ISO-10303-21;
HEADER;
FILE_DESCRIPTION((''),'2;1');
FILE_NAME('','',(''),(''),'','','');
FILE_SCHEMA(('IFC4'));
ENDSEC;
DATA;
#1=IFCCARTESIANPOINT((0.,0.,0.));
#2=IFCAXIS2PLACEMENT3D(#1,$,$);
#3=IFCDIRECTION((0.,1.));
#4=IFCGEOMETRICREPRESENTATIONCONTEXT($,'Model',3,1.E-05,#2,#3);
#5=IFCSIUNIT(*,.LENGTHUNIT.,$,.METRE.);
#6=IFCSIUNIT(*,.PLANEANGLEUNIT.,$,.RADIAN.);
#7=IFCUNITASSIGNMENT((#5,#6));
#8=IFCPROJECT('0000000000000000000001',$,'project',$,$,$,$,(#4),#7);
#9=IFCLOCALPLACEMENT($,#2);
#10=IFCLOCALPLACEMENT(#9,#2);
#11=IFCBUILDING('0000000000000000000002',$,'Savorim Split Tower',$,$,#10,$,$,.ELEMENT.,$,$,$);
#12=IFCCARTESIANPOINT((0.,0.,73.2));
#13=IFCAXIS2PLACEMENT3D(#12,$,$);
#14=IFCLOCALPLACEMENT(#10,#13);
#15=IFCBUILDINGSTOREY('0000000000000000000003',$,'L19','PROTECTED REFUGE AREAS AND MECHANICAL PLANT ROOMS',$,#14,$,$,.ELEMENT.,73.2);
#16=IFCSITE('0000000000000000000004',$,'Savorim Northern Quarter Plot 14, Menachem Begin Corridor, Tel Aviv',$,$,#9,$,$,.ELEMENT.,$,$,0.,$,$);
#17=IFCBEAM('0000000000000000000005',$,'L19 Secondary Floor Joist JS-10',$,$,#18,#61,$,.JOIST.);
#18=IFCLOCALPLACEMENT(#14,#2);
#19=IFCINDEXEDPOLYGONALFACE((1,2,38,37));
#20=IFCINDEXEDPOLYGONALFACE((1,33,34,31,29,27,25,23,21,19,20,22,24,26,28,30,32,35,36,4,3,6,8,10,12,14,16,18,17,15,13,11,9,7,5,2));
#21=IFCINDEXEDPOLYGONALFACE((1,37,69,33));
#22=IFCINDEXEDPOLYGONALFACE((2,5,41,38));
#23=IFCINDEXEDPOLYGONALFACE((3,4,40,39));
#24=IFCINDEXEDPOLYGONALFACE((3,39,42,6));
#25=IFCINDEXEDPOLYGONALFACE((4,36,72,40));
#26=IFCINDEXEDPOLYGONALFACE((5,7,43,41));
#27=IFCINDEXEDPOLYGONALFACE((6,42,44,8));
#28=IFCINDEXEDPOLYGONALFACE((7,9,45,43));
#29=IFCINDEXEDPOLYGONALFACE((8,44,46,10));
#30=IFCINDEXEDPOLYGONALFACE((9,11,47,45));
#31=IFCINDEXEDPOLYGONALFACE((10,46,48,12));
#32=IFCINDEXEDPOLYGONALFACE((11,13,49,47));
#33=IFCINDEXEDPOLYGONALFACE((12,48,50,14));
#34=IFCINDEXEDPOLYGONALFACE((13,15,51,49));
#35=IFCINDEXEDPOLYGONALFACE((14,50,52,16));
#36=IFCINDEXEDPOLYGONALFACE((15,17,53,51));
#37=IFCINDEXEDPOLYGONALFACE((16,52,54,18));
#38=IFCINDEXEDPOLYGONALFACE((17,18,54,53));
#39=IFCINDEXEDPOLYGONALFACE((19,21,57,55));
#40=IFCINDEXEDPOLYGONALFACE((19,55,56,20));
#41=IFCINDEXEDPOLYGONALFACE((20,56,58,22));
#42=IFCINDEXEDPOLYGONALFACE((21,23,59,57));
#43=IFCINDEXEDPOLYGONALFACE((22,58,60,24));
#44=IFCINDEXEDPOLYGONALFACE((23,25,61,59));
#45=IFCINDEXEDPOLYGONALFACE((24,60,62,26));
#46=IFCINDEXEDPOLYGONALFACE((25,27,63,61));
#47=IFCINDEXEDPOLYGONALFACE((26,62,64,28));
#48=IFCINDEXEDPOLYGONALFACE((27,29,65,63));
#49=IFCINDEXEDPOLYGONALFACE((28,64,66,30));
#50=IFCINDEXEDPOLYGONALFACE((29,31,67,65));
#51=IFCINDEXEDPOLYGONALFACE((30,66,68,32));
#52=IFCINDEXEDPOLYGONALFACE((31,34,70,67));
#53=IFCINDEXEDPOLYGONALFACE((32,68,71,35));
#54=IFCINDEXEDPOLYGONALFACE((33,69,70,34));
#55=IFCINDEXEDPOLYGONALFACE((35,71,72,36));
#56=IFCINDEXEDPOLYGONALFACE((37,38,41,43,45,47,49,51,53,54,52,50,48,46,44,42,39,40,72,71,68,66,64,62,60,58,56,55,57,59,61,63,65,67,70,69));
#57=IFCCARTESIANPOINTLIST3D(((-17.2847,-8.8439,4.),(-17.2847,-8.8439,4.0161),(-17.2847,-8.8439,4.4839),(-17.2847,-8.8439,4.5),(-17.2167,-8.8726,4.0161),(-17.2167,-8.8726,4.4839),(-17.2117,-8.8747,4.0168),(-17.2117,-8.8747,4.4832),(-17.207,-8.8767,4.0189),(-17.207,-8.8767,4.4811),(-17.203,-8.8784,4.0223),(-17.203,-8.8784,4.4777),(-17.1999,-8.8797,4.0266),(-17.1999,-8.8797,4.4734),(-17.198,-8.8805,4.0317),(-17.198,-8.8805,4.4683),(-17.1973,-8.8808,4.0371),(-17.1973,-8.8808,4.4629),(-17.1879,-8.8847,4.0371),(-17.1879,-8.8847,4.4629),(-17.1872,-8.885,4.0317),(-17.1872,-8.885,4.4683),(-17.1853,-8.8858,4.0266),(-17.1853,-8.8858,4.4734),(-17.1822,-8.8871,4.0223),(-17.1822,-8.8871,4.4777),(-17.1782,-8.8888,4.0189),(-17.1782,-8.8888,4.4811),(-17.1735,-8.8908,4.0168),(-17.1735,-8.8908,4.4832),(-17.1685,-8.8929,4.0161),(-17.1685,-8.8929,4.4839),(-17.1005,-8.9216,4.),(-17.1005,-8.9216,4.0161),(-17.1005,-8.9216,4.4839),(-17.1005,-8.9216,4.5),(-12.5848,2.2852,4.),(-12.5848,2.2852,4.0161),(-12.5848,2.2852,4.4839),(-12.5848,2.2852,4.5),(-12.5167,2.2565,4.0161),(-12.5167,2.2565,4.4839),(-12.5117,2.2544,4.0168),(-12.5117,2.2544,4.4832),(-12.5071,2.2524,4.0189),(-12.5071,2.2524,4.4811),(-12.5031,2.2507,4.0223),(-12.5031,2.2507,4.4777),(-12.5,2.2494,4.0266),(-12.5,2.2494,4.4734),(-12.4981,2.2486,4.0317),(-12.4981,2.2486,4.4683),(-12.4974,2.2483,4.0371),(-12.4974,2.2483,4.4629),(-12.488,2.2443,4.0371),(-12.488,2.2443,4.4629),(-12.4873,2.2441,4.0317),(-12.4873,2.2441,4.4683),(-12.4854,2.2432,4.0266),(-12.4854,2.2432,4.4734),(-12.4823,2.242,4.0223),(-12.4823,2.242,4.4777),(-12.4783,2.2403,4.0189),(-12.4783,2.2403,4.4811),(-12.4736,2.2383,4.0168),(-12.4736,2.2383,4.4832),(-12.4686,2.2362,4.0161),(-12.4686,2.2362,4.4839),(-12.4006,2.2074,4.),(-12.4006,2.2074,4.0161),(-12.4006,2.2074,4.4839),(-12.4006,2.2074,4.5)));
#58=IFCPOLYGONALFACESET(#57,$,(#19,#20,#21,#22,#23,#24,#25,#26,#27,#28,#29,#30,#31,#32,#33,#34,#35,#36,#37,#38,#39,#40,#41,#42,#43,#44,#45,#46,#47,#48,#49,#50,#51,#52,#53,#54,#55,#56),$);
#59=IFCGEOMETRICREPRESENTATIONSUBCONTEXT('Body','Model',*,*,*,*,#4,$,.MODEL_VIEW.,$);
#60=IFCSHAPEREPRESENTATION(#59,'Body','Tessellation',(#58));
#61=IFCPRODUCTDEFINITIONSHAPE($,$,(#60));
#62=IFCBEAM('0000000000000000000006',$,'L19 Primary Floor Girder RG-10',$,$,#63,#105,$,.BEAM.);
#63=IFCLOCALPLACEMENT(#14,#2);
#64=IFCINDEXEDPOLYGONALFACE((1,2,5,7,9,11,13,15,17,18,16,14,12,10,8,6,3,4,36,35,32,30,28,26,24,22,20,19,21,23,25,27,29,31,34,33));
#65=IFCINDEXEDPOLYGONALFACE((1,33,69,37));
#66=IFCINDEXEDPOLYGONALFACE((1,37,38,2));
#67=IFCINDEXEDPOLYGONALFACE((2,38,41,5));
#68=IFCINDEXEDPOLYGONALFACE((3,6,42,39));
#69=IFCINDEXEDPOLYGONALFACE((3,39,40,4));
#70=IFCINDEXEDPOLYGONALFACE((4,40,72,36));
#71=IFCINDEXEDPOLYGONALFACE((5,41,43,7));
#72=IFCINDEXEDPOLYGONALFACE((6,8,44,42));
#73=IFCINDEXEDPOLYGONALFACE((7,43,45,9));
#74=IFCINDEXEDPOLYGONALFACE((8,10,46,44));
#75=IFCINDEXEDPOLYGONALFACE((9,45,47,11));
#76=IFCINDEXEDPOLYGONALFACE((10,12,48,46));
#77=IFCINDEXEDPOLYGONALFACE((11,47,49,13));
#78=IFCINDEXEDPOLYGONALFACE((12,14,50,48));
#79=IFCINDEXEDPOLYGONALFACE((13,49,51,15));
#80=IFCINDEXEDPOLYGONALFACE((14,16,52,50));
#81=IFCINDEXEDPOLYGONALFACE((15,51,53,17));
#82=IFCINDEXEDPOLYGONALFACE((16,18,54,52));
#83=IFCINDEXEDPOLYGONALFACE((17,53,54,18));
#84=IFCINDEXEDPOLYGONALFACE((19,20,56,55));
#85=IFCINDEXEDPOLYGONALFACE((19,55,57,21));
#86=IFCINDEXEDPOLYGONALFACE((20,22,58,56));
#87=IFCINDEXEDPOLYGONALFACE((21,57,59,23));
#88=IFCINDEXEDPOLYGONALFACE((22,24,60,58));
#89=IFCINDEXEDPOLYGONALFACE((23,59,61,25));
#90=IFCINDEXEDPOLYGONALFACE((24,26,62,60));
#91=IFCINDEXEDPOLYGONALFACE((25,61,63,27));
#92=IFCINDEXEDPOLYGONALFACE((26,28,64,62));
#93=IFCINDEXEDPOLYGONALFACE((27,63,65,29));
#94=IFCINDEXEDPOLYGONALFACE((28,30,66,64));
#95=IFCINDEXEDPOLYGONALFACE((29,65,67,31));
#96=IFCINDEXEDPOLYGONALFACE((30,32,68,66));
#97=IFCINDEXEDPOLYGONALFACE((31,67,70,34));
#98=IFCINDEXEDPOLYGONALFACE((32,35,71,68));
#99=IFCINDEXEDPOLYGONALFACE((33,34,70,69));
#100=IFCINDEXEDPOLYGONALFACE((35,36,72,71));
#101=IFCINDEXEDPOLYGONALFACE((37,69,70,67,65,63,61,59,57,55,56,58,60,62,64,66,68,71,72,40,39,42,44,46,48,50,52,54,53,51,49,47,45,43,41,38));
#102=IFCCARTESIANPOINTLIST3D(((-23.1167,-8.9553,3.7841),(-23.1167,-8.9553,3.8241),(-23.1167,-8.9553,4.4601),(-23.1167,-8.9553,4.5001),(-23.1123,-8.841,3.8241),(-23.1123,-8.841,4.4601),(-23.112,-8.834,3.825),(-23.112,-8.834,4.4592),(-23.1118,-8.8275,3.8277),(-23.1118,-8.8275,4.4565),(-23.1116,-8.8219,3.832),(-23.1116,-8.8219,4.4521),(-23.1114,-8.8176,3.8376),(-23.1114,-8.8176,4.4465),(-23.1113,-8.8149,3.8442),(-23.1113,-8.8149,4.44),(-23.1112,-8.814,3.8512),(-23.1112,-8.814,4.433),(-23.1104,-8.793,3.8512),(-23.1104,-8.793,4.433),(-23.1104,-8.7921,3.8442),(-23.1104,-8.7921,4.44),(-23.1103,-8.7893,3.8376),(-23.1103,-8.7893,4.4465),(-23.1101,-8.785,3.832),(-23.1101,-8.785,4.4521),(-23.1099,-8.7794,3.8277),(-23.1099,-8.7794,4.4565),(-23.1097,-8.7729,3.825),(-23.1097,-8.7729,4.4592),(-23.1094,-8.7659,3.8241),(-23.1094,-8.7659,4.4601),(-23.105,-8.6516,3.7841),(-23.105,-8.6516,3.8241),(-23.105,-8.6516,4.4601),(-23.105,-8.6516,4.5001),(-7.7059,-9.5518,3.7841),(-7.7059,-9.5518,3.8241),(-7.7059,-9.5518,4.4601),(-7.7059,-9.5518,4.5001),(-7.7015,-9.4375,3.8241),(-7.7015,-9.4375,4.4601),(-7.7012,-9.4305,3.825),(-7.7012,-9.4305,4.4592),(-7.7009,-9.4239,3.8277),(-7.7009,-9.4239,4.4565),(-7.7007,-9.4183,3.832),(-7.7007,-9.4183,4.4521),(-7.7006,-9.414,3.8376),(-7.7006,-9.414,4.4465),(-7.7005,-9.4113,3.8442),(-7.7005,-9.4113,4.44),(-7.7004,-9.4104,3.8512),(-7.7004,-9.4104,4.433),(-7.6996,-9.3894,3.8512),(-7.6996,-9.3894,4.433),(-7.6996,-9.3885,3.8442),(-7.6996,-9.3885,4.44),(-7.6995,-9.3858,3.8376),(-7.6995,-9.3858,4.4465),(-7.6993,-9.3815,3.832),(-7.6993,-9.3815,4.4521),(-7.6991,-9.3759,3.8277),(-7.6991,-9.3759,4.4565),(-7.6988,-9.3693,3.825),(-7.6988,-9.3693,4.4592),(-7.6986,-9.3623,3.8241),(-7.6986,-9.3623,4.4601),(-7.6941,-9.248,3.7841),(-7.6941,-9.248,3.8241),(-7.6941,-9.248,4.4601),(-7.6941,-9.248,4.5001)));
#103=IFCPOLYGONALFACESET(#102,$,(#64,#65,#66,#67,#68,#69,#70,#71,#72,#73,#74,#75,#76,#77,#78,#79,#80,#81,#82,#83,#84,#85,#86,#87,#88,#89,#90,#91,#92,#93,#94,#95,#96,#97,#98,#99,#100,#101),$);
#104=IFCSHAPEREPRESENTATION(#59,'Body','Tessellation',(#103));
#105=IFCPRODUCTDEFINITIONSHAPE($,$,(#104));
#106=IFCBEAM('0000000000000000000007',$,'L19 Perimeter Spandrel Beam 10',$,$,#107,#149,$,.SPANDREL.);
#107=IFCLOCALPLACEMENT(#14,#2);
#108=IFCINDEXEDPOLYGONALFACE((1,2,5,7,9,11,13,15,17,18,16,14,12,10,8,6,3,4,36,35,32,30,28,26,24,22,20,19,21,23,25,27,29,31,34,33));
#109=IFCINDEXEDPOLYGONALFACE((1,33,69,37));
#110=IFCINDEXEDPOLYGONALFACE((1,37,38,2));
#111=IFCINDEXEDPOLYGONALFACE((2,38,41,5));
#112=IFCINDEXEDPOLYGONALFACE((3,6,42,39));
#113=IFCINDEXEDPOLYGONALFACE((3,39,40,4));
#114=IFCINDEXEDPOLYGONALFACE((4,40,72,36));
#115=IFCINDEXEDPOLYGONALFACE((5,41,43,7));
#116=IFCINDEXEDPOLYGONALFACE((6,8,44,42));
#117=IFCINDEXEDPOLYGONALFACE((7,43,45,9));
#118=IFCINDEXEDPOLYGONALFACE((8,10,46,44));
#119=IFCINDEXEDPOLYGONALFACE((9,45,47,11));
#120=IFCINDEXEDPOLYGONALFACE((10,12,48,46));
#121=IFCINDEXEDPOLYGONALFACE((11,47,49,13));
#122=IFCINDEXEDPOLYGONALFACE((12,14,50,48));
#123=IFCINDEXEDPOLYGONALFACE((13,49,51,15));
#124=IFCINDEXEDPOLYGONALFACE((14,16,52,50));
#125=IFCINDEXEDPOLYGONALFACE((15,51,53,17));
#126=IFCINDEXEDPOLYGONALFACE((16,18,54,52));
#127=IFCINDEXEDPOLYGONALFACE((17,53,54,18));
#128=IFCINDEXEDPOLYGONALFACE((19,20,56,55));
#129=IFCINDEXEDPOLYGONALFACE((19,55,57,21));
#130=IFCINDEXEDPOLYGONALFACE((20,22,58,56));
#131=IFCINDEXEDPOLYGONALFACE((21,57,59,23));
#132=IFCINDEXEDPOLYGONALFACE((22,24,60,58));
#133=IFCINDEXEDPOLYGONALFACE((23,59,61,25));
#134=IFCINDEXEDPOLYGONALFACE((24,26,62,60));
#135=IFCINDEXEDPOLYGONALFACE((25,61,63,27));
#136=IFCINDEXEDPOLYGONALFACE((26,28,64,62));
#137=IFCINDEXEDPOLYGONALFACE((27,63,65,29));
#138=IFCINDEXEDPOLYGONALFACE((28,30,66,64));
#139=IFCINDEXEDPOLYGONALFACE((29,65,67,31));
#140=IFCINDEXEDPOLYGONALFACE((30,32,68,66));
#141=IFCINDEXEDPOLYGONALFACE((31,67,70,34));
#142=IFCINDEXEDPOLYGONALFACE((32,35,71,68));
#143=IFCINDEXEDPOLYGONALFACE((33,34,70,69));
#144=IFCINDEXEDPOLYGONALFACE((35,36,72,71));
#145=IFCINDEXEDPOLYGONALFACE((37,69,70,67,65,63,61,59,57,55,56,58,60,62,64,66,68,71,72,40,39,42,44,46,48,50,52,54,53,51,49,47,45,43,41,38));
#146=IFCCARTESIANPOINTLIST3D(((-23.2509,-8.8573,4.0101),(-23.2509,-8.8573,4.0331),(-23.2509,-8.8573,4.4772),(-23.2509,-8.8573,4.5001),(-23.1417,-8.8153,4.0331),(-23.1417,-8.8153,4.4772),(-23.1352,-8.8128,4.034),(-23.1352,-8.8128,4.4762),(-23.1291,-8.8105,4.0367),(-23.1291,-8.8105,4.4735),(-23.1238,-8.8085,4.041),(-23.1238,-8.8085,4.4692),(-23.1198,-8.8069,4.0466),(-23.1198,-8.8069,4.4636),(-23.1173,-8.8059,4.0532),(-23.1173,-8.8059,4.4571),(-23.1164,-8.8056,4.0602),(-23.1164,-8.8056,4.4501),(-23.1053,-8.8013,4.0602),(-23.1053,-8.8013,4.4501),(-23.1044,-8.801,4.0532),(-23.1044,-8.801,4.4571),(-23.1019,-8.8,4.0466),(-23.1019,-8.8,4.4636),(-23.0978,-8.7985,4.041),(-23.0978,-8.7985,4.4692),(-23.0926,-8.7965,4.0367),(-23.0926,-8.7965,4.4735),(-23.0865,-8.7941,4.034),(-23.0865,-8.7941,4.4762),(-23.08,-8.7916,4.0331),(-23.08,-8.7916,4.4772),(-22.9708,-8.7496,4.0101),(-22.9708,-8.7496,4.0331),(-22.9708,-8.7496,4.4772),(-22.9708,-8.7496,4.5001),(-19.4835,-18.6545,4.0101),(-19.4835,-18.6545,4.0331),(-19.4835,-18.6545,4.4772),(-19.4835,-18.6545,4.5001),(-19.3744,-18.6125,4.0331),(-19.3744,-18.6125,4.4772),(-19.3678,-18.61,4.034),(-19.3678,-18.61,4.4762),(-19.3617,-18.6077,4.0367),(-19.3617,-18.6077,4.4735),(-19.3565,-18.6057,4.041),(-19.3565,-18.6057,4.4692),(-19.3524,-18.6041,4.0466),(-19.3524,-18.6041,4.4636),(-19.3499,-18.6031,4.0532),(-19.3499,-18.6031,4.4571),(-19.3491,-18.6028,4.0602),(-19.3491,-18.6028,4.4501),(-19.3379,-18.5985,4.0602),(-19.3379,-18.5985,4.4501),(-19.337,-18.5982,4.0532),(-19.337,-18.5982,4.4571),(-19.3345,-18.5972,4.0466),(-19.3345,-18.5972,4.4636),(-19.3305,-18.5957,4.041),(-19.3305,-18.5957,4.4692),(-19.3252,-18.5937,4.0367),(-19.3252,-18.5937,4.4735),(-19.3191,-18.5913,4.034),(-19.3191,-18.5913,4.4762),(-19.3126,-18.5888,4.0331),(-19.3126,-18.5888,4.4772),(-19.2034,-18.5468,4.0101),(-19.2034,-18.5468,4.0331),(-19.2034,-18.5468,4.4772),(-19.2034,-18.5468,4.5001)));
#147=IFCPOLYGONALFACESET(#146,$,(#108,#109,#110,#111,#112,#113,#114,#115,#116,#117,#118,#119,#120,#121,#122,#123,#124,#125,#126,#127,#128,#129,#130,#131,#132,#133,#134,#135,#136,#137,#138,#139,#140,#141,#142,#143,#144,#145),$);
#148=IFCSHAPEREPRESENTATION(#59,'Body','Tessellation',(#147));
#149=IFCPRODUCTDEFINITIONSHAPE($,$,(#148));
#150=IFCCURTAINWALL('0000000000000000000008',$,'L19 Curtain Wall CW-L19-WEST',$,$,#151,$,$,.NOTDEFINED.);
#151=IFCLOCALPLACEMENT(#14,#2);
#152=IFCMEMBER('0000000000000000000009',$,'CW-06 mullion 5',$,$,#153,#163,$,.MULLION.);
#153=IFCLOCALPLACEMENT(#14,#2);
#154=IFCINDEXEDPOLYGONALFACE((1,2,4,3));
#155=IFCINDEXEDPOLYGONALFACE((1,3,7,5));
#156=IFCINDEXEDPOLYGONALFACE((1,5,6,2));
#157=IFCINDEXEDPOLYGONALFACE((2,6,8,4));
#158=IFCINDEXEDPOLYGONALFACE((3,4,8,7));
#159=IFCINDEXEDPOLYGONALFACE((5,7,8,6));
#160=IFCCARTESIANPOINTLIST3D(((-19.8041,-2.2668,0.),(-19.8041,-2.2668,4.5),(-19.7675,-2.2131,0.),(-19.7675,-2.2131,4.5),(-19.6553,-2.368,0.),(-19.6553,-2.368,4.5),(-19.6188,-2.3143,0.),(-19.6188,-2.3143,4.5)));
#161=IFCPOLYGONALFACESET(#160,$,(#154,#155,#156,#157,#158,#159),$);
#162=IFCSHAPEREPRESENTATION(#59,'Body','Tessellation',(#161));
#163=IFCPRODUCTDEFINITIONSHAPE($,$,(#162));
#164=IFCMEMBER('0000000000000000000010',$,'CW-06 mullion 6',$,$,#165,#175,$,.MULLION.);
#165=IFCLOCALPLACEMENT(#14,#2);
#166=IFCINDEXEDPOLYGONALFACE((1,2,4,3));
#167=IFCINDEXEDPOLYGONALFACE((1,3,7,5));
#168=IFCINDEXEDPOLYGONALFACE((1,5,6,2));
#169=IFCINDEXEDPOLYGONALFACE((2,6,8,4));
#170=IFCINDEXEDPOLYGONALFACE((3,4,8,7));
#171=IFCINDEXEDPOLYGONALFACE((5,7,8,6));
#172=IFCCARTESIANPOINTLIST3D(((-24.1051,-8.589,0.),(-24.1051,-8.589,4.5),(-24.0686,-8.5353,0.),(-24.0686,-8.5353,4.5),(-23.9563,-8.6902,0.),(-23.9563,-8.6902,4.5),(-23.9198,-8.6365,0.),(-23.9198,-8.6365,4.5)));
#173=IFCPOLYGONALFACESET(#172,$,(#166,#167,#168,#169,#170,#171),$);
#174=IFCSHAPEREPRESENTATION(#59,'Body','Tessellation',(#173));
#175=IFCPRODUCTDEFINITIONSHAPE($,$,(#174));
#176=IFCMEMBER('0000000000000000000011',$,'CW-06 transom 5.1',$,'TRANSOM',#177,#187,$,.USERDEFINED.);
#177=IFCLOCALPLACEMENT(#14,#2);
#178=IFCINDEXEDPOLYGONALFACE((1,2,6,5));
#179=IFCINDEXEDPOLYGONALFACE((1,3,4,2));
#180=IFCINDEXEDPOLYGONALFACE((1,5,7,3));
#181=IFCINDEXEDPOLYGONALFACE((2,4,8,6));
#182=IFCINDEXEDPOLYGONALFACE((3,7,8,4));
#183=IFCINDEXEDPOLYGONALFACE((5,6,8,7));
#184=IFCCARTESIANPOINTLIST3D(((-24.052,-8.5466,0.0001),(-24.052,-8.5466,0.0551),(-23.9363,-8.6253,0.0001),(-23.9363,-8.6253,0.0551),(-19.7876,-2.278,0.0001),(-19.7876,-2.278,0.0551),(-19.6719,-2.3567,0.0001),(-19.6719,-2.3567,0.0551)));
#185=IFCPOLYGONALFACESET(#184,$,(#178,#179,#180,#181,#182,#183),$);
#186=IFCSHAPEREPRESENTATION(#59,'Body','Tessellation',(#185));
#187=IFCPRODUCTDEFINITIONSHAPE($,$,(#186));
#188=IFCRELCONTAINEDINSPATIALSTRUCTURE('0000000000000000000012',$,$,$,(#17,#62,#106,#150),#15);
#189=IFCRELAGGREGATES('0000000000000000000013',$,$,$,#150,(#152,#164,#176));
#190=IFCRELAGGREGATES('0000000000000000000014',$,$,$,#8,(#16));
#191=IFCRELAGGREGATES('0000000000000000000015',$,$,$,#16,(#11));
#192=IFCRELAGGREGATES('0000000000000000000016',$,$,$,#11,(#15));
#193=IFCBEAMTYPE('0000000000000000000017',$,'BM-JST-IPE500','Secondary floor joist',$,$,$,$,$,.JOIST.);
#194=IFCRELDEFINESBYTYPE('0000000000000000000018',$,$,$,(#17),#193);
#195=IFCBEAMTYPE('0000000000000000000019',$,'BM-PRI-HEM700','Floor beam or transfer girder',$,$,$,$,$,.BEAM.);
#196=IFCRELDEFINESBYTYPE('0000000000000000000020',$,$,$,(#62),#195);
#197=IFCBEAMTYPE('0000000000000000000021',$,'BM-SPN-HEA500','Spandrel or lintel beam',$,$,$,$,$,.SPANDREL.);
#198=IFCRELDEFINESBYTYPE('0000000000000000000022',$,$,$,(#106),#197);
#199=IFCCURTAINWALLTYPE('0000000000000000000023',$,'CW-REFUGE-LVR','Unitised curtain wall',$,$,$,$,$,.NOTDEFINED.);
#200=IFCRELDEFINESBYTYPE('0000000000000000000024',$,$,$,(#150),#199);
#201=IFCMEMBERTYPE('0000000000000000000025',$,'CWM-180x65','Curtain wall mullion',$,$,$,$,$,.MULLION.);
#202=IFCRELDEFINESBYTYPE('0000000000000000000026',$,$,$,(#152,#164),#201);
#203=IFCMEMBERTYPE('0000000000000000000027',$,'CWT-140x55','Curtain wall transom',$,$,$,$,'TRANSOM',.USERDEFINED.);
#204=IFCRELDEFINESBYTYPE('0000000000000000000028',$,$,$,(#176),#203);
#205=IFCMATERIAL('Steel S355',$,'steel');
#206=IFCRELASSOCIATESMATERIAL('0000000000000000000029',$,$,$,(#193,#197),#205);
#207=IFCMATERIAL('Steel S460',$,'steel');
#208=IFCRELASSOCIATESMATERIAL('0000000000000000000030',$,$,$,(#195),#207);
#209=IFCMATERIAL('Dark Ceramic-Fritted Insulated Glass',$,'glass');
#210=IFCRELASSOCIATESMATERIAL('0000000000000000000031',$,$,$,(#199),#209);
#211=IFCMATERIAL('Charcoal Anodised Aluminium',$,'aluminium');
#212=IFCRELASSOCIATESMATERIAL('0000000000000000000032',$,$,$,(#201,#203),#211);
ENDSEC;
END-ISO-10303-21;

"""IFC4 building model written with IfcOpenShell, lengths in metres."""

from ifc_helpers import new_model, si_unit, direction, frame, origin, origin_2d, place, context, subcontext, project, spatial, rectangle, i_section, extrude, material, material_profile, profile_set, type_object, element, aggregate, save


model = new_model("IFC4")

# Units and contexts
model_context = context("Model", 3, precision=1e-05, world=origin(), true_north=direction((0.0, 1.0)))
body_context = subcontext(model_context, "Body", "Model", "MODEL_VIEW")
ifc_project = project(units=[si_unit("LENGTHUNIT", "METRE"), si_unit("PLANEANGLEUNIT", "RADIAN")], contexts=[model_context])

# Site, building, storey
site_placement = place(None, origin())
site = spatial("IfcSite", under=ifc_project, at=site_placement, Name="Savorim Northern Quarter Plot 14, Menachem Begin Corridor, Tel Aviv", CompositionType="ELEMENT", RefElevation=0.0)
building_placement = place(site_placement, origin())
building = spatial("IfcBuilding", under=site, at=building_placement, Name="Savorim Split Tower", CompositionType="ELEMENT")
storey_placement = place(building_placement, frame((0.0, 0.0, 73.2)))
storey = spatial("IfcBuildingStorey", under=building, at=storey_placement, Name="L19", Description="PROTECTED REFUGE AREAS AND MECHANICAL PLANT ROOMS", CompositionType="ELEMENT", Elevation=73.2)

# Shared definitions
ifc_material_1 = material(Name="Steel S460", Category="steel")

# Beams
ifc_material_2 = material(Name="Steel S355", Category="steel")
ifc_material_profile_1 = material_profile(ifc_material_2, i_section(OverallWidth=0.2, OverallDepth=0.5, WebThickness=0.0103, FlangeThickness=0.0161, FilletRadius=0.021, at=origin_2d()), Name="IPE 500")
ifc_profile_set_1 = profile_set([ifc_material_profile_1], Name="Steel S355")
beam_type_1 = type_object("IfcBeamType", Name="BM-JST-IPE500", Description="Secondary floor joist", PredefinedType="JOIST", material=ifc_profile_set_1)
beam_1_placement = place(storey_placement, frame((-12.4927, 2.2463, 4.25), z_axis=(-0.389041, -0.921221, 0.0), x_axis=(0.921221, -0.389041, 0.0)))
element("IfcBeam", 1, at=beam_1_placement, inside=storey, type_object=beam_type_1, Name="L19 Secondary Floor Joist JS-10", PredefinedType="JOIST", context=body_context, shape_type="SweptSolid", body=[
    extrude(i_section(OverallWidth=0.2, OverallDepth=0.5, WebThickness=0.0103, FlangeThickness=0.0161, FilletRadius=0.021, at=origin_2d()), origin(), (0.0, 0.0, 1.0), 12.0808),
])
ifc_material_profile_2 = material_profile(ifc_material_1, i_section(OverallWidth=0.304, OverallDepth=0.7161, WebThickness=0.021, FlangeThickness=0.04, FilletRadius=0.0271, at=origin_2d()), Name="HE 700 M")
ifc_profile_set_2 = profile_set([ifc_material_profile_2], Name="Steel S460")
beam_type_2 = type_object("IfcBeamType", Name="BM-PRI-HEM700", Description="Floor beam or transfer girder", PredefinedType="BEAM", material=ifc_profile_set_2)
beam_2_placement = place(storey_placement, frame((-23.1108, -8.8035, 4.1421), z_axis=(0.999252, -0.038673, 0.0), x_axis=(0.038673, 0.999252, 0.0)))
element("IfcBeam", 2, at=beam_2_placement, inside=storey, type_object=beam_type_2, Name="L19 Primary Floor Girder RG-10", PredefinedType="BEAM", context=body_context, shape_type="SweptSolid", body=[
    extrude(i_section(OverallWidth=0.304, OverallDepth=0.7161, WebThickness=0.021, FlangeThickness=0.04, FilletRadius=0.0271, at=origin_2d()), origin(), (0.0, 0.0, 1.0), 15.4224),
])
ifc_material_profile_3 = material_profile(ifc_material_2, i_section(OverallWidth=0.3, OverallDepth=0.49, WebThickness=0.012, FlangeThickness=0.0229, FilletRadius=0.0271, at=origin_2d()), Name="HEA 500")
ifc_profile_set_3 = profile_set([ifc_material_profile_3], Name="Steel S355")
beam_type_3 = type_object("IfcBeamType", Name="BM-SPN-HEA500", Description="Spandrel or lintel beam", PredefinedType="SPANDREL", material=ifc_profile_set_3)
beam_3_placement = place(storey_placement, frame((-23.1108, -8.8035, 4.2551), z_axis=(0.358914, -0.933371, 0.0), x_axis=(0.933371, 0.358914, 0.0)))
element("IfcBeam", 3, at=beam_3_placement, inside=storey, type_object=beam_type_3, Name="L19 Perimeter Spandrel Beam 10", PredefinedType="SPANDREL", context=body_context, shape_type="SweptSolid", body=[
    extrude(i_section(OverallWidth=0.3, OverallDepth=0.49, WebThickness=0.012, FlangeThickness=0.0229, FilletRadius=0.0271, at=origin_2d()), origin(), (0.0, 0.0, 1.0), 10.4966),
])

# Curtain wall, members
ifc_material_3 = material(Name="Dark Ceramic-Fritted Insulated Glass", Category="glass")
curtain_wall_type = type_object("IfcCurtainWallType", Name="CW-REFUGE-LVR", Description="Unitised curtain wall", PredefinedType="NOTDEFINED", material=ifc_material_3)
curtain_wall_placement = place(storey_placement, origin())
curtain_wall = element("IfcCurtainWall", 4, at=curtain_wall_placement, inside=storey, type_object=curtain_wall_type, Name="L19 Curtain Wall CW-L19-WEST", PredefinedType="NOTDEFINED")
ifc_material_4 = material(Name="Charcoal Anodised Aluminium", Category="aluminium")
ifc_material_profile_4 = material_profile(ifc_material_4, rectangle(XDim=0.1799, YDim=0.0649, at=origin_2d()), Name="ALU-M 180x65")
ifc_profile_set_4 = profile_set([ifc_material_profile_4], Name="Charcoal Anodised Aluminium")
member_type_1 = type_object("IfcMemberType", Name="CWM-180x65", Description="Curtain wall mullion", PredefinedType="MULLION", material=ifc_profile_set_4)
member_1_placement = place(storey_placement, frame((-19.7114, -2.2905, 0.0), z_axis=(0.0, 0.0, 1.0), x_axis=(0.82682, -0.562467, 0.0)))
member_1 = element("IfcMember", 5, at=member_1_placement, type_object=member_type_1, Name="CW-06 mullion 5", PredefinedType="MULLION", context=body_context, shape_type="SweptSolid", body=[
    extrude(rectangle(XDim=0.1799, YDim=0.0649, at=origin_2d()), origin(), (0.0, 0.0, 1.0), 4.5),
])
member_2_placement = place(storey_placement, frame((-24.0125, -8.6128, 0.0), z_axis=(0.0, 0.0, 1.0), x_axis=(0.82682, -0.562467, 0.0)))
member_2 = element("IfcMember", 6, at=member_2_placement, type_object=member_type_1, Name="CW-06 mullion 6", PredefinedType="MULLION", context=body_context, shape_type="SweptSolid", body=[
    extrude(rectangle(XDim=0.1799, YDim=0.0649, at=origin_2d()), origin(), (0.0, 0.0, 1.0), 4.5),
])
ifc_material_profile_5 = material_profile(ifc_material_4, rectangle(XDim=0.1399, YDim=0.0549, at=origin_2d()), Name="ALU-T 140x55")
ifc_profile_set_5 = profile_set([ifc_material_profile_5], Name="Charcoal Anodised Aluminium")
member_type_2 = type_object("IfcMemberType", Name="CWT-140x55", Description="Curtain wall transom", ElementType="TRANSOM", PredefinedType="USERDEFINED", material=ifc_profile_set_5)
member_3_placement = place(storey_placement, frame((-19.7297, -2.3174, 0.0276), z_axis=(-0.562471, -0.826817, 0.0), x_axis=(0.826817, -0.562471, 0.0)))
member_3 = element("IfcMember", 7, at=member_3_placement, type_object=member_type_2, Name="CW-06 transom 5.1", ObjectType="TRANSOM", PredefinedType="USERDEFINED", context=body_context, shape_type="SweptSolid", body=[
    extrude(rectangle(XDim=0.1399, YDim=0.0549, at=origin_2d()), origin(), (0.0, 0.0, 1.0), 7.5815),
])

aggregate(curtain_wall, [member_1, member_2, member_3])

save(model, "model.ifc")
